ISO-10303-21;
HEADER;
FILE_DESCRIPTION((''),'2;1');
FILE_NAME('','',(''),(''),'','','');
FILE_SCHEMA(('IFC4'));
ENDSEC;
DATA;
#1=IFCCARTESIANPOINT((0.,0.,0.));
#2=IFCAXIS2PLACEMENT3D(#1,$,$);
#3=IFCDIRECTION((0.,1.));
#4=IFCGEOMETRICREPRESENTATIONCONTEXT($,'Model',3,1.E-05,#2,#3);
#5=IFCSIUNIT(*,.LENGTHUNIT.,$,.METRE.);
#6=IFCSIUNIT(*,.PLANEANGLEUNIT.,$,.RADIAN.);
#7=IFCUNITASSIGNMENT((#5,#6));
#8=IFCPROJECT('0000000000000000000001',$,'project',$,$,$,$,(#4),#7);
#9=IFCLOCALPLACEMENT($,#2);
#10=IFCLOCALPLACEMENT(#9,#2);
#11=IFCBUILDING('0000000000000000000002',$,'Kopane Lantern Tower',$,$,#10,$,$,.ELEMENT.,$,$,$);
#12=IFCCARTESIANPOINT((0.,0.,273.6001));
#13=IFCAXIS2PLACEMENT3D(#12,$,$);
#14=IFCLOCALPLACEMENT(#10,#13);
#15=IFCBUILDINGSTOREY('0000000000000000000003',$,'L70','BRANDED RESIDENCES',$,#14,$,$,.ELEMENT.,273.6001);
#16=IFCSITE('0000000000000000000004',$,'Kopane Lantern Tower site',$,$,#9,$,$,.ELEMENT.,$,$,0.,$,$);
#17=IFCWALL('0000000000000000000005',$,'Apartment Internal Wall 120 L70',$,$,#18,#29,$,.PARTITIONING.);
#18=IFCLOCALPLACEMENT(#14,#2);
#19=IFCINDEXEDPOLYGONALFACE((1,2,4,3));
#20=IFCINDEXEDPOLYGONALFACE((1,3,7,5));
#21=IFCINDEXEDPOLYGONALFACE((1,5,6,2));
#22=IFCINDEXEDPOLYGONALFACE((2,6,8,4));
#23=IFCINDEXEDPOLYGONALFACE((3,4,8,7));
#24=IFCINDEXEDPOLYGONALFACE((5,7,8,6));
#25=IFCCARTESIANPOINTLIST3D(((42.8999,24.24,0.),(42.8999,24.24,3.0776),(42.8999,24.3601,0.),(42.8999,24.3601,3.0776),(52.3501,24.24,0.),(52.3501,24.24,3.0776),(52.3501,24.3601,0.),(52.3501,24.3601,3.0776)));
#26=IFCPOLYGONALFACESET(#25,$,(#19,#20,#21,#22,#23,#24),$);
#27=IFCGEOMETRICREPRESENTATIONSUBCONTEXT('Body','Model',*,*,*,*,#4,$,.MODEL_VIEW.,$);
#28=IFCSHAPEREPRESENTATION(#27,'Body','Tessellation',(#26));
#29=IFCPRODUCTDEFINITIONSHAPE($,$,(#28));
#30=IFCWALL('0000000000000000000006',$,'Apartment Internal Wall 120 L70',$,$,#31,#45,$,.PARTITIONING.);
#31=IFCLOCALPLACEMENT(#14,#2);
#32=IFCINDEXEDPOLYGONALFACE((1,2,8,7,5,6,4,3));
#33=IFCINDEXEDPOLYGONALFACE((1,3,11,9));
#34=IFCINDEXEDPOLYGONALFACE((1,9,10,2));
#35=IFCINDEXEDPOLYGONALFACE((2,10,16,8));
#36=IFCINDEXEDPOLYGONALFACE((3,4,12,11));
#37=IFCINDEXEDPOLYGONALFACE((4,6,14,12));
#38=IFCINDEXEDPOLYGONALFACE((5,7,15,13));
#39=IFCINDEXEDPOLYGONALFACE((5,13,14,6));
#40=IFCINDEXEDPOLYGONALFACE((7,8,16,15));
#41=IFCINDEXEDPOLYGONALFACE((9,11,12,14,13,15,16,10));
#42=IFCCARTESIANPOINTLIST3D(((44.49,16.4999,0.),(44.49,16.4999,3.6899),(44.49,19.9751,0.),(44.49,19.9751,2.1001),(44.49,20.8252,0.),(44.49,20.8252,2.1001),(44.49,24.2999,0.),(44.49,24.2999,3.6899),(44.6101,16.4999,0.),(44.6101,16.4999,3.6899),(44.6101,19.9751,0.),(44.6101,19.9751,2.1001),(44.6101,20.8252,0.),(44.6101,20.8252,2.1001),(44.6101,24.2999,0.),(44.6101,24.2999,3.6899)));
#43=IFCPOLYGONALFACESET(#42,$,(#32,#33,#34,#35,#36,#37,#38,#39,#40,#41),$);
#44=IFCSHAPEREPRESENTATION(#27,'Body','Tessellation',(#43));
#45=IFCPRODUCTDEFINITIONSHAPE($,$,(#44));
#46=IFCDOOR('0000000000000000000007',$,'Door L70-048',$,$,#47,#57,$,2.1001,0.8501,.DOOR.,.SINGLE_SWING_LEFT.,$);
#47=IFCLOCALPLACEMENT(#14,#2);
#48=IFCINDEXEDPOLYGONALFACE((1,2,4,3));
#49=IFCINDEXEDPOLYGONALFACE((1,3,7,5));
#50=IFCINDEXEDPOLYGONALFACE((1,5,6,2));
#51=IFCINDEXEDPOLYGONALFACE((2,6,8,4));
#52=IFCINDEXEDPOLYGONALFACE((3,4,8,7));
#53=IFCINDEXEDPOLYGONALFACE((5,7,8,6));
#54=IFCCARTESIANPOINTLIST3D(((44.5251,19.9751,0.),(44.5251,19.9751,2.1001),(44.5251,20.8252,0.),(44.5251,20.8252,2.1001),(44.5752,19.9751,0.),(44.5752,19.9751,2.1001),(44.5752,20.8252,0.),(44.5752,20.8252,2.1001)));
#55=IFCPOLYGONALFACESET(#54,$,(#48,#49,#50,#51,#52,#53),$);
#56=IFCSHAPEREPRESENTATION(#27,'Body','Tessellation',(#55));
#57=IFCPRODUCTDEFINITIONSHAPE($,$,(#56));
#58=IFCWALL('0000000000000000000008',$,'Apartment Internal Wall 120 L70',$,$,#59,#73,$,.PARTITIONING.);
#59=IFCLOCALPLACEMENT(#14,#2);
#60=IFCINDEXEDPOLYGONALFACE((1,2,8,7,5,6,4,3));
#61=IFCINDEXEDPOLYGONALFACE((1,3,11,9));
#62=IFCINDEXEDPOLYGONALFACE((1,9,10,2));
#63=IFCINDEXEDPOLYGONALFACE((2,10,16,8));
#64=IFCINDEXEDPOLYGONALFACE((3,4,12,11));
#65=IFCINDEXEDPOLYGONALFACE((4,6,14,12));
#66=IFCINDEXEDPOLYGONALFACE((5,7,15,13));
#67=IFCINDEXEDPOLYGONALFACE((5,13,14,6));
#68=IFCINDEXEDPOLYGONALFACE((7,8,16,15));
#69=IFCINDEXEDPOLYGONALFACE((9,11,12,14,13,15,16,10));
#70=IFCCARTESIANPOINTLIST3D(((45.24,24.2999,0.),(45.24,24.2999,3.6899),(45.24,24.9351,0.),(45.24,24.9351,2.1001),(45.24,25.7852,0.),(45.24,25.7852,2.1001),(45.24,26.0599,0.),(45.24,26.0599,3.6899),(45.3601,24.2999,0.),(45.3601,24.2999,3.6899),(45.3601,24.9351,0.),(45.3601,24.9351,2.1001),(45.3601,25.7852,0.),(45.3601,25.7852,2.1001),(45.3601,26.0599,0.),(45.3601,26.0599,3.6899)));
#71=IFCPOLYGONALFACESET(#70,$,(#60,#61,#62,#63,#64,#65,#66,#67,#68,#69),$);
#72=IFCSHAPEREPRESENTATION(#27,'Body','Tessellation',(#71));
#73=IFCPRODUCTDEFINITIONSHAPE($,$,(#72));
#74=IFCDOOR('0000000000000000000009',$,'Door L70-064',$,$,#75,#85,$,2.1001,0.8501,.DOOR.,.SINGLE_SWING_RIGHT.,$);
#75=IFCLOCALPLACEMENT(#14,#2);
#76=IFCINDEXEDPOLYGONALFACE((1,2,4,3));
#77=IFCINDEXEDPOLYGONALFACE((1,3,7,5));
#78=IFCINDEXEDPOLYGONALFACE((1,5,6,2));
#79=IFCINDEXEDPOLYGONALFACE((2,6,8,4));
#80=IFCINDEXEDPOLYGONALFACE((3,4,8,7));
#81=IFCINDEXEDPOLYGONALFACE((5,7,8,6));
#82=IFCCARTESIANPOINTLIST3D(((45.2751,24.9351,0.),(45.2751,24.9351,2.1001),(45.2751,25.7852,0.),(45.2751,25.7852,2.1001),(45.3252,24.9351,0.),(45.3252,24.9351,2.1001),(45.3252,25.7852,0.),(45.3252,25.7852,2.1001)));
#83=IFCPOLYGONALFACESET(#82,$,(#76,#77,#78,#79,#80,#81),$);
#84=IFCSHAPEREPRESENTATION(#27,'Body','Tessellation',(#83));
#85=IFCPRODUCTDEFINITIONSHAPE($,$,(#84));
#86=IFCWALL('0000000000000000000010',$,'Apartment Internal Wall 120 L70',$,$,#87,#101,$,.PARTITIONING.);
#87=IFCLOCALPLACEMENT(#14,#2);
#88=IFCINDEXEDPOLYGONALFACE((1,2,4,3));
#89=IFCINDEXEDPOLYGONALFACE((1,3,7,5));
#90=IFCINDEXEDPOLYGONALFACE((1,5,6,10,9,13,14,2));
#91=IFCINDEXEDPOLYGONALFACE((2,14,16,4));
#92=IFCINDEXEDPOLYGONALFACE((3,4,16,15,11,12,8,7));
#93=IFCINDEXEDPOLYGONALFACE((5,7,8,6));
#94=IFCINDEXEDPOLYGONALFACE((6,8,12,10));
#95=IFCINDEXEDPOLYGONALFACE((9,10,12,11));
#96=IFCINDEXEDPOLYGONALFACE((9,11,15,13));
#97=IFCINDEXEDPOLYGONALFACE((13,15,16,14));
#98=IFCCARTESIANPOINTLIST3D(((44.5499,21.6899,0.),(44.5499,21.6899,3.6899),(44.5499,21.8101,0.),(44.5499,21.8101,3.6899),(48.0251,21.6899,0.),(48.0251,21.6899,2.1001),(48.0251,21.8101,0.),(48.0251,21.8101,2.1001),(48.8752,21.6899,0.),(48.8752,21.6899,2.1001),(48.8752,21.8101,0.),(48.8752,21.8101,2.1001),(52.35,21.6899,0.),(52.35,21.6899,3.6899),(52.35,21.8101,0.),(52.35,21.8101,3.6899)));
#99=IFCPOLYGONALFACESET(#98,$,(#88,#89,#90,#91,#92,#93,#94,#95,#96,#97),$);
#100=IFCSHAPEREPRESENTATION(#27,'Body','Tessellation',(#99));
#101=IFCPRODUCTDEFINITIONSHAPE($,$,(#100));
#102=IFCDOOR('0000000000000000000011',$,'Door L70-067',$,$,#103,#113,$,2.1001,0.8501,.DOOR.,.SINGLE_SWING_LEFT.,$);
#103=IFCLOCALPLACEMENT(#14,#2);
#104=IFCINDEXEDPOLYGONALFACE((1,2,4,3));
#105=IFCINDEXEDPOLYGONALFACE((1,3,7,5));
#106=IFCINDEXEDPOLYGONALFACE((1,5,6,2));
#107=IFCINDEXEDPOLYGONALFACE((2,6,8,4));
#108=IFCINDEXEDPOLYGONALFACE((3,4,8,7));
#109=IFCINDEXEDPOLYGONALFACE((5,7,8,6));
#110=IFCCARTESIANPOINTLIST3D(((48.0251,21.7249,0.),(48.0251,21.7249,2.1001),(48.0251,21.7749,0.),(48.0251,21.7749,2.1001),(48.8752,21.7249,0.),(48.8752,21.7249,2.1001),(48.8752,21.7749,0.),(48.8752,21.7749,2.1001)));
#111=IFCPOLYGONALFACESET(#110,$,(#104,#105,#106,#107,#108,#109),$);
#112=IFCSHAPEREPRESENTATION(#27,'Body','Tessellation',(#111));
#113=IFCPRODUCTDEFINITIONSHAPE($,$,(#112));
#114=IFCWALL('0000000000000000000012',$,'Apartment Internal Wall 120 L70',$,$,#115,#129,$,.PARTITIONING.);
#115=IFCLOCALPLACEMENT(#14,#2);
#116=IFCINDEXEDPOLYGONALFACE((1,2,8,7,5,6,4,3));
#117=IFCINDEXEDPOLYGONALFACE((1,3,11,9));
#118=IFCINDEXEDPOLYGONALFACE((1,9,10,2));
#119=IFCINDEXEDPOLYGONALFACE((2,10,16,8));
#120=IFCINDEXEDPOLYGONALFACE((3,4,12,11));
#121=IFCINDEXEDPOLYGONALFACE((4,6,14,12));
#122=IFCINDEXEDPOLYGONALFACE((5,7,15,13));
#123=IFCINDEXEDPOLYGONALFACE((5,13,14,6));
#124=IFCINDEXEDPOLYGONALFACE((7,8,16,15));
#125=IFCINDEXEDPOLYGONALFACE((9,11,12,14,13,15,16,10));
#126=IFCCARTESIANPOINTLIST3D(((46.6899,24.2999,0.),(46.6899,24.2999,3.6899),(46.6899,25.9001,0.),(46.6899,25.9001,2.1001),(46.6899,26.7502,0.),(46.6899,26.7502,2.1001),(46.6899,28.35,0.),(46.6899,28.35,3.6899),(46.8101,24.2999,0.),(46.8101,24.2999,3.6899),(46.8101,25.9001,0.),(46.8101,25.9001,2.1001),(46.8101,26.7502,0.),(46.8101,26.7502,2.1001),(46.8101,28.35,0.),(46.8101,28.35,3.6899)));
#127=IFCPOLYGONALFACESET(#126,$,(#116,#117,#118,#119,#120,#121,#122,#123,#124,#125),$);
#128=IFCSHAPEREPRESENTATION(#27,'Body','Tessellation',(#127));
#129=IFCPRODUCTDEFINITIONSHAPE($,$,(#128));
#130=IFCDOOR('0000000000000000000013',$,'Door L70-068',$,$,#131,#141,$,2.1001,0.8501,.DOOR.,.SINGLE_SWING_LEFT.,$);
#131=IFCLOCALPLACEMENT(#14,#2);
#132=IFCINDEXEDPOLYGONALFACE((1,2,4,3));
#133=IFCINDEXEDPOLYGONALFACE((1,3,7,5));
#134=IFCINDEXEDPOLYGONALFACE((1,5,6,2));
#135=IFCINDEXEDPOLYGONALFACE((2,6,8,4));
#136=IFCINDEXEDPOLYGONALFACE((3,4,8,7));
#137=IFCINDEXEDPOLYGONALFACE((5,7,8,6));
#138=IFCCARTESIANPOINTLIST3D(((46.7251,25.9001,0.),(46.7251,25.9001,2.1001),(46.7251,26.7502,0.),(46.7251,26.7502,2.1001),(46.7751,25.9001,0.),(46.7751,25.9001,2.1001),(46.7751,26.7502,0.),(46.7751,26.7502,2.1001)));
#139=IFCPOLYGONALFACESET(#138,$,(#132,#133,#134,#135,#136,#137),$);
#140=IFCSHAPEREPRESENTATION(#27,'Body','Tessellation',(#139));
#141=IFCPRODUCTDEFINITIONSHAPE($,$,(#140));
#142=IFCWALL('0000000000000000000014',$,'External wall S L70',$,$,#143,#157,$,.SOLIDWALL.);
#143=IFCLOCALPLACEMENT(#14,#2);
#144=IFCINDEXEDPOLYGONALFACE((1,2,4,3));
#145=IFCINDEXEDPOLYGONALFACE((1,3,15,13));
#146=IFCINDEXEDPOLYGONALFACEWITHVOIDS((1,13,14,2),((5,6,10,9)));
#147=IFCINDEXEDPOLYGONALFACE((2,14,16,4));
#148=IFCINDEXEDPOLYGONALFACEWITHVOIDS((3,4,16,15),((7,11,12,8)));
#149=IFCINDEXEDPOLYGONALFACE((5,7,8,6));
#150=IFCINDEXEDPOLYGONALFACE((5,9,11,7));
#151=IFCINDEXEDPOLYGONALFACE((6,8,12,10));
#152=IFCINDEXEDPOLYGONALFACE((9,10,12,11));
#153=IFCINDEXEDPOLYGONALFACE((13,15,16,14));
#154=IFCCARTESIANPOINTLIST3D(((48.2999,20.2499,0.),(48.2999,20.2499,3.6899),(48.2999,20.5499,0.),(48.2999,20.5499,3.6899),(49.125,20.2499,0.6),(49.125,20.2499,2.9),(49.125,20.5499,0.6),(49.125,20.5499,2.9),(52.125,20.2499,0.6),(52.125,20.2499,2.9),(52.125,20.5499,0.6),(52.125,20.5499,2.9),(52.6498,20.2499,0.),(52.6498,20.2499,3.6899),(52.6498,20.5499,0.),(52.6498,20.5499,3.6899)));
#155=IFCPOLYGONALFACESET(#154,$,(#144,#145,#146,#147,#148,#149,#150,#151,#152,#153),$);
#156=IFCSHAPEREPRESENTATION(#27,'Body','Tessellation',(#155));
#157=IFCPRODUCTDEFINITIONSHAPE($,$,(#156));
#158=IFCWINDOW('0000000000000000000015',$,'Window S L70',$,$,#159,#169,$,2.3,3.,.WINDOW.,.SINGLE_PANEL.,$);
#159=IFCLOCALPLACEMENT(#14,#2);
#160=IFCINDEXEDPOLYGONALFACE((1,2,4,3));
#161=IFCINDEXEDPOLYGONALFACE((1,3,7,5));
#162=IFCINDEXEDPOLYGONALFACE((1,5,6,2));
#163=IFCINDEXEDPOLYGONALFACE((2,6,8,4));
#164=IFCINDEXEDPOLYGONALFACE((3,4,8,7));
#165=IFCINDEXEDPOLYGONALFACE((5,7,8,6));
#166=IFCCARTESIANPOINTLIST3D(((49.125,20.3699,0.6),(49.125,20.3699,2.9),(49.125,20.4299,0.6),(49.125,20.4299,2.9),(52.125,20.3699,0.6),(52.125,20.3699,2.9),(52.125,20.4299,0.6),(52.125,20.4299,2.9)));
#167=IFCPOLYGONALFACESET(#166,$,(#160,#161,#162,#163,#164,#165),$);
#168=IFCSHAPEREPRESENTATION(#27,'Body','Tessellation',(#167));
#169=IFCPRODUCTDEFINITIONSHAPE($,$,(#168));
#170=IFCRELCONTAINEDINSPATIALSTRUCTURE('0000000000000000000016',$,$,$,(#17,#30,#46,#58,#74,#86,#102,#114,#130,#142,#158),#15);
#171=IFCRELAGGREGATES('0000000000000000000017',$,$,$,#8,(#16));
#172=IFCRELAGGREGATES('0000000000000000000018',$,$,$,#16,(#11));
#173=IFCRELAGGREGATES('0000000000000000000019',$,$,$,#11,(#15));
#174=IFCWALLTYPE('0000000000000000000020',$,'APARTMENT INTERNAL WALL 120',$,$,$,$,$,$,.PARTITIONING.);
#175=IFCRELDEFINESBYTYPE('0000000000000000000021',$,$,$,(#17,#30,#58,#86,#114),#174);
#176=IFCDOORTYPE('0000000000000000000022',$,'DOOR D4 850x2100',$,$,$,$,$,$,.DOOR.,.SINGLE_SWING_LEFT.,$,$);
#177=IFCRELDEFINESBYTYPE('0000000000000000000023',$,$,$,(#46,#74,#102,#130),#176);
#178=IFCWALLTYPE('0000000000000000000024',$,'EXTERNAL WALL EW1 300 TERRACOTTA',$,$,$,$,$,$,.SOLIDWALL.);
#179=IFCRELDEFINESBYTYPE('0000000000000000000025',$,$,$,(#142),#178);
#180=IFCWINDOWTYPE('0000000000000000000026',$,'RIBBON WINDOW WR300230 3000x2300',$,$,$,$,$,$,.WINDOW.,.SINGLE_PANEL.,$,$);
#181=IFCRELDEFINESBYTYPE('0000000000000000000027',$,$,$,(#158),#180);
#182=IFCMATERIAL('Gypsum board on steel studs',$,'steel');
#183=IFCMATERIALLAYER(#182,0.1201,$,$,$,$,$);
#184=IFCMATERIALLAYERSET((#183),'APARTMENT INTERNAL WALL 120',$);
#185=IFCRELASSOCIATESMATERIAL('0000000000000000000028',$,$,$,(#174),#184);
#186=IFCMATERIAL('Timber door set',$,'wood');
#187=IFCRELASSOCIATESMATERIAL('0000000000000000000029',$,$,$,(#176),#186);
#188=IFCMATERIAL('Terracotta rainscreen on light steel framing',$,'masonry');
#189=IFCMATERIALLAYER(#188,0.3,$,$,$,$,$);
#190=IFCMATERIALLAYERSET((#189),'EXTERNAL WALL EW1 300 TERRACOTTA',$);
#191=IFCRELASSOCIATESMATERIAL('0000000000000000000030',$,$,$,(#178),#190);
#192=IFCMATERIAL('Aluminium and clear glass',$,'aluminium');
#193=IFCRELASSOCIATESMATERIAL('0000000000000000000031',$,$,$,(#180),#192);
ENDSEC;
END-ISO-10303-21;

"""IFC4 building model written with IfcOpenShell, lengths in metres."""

from ifc_helpers import new_model, si_unit, direction, frame, frame_2d, origin, place, context, subcontext, project, spatial, rectangle, extrude, material, layer, layer_set, type_object, element, fill, save


model = new_model("IFC4")

# Units and contexts
model_context = context("Model", 3, precision=1e-05, world=origin(), true_north=direction((0.0, 1.0)))
body_context = subcontext(model_context, "Body", "Model", "MODEL_VIEW")
ifc_project = project(units=[si_unit("LENGTHUNIT", "METRE"), si_unit("PLANEANGLEUNIT", "RADIAN")], contexts=[model_context])

# Site, building, storey
site_placement = place(None, origin())
site = spatial("IfcSite", under=ifc_project, at=site_placement, Name="Kopane Lantern Tower site", CompositionType="ELEMENT", RefElevation=0.0)
building_placement = place(site_placement, origin())
building = spatial("IfcBuilding", under=site, at=building_placement, Name="Kopane Lantern Tower", CompositionType="ELEMENT")
storey_placement = place(building_placement, frame((0.0, 0.0, 273.6001)))
storey = spatial("IfcBuildingStorey", under=building, at=storey_placement, Name="L70", Description="BRANDED RESIDENCES", CompositionType="ELEMENT", Elevation=273.6001)

# Shared definitions
ifc_material_1 = material(Name="Gypsum board on steel studs", Category="steel")
ifc_layer_1 = layer(ifc_material_1, 0.1201)
ifc_layer_set_1 = layer_set([ifc_layer_1], Name="APARTMENT INTERNAL WALL 120")
wall_type_1 = type_object("IfcWallType", Name="APARTMENT INTERNAL WALL 120", PredefinedType="PARTITIONING", material=ifc_layer_set_1)
ifc_material_2 = material(Name="Timber door set", Category="wood")
door_type = type_object("IfcDoorType", Name="DOOR D4 850x2100", OperationType="SINGLE_SWING_LEFT", PredefinedType="DOOR", material=ifc_material_2)

# Wall
wall_1_placement = place(storey_placement, frame((42.8999, 24.3, 0.0), z_axis=(0.0, 0.0, 1.0), x_axis=(1.0, 0.0, 0.0)))
element("IfcWall", 1, at=wall_1_placement, inside=storey, type_object=wall_type_1, Name="Apartment Internal Wall 120 L70", PredefinedType="PARTITIONING", context=body_context, shape_type="SweptSolid", body=[
    extrude(rectangle(XDim=9.4502, YDim=0.1201, at=frame_2d((4.7251, 0.0))), origin(), (0.0, 0.0, 1.0), 3.0776),
])

# Walls, openings, doors
wall_2_placement = place(storey_placement, frame((44.55, 16.5, 0.0), z_axis=(0.0, 0.0, 1.0), x_axis=(0.0, 1.0, 0.0)))
wall_2 = element("IfcWall", 2, at=wall_2_placement, inside=storey, type_object=wall_type_1, Name="Apartment Internal Wall 120 L70", PredefinedType="PARTITIONING", context=body_context, shape_type="SweptSolid", body=[
    extrude(rectangle(XDim=7.8, YDim=0.1201, at=frame_2d((3.8999, 0.0))), origin(), (0.0, 0.0, 1.0), 3.6899),
])
opening_1_placement = place(wall_2_placement, frame((3.4751, 0.0, 0.0)))
opening_1 = element("IfcOpeningElement", 3, at=opening_1_placement, cuts=wall_2, PredefinedType="OPENING", context=body_context, shape_type="SweptSolid", body=[
    extrude(rectangle(XDim=0.8501, YDim=2.1001, at=frame_2d((0.425, 1.05))), frame((0.0, 0.0701, 0.0), z_axis=(0.0, -1.0, 0.0), x_axis=(1.0, 0.0, 0.0)), (0.0, 0.0, 1.0), 0.1401),
])
door_1_placement = place(opening_1_placement, origin())
door_1 = element("IfcDoor", 4, at=door_1_placement, inside=storey, type_object=door_type, Name="Door L70-048", OperationType="SINGLE_SWING_LEFT", OverallHeight=2.1001, OverallWidth=0.8501, PredefinedType="DOOR", context=body_context, shape_type="SweptSolid", body=[
    extrude(rectangle(XDim=0.8501, YDim=2.1001, at=frame_2d((0.425, 1.05))), frame((0.0, 0.0249, 0.0), z_axis=(0.0, -1.0, 0.0), x_axis=(1.0, 0.0, 0.0)), (0.0, 0.0, 1.0), 0.05),
])
fill(opening_1, door_1)
wall_3_placement = place(storey_placement, frame((45.3, 24.3, 0.0), z_axis=(0.0, 0.0, 1.0), x_axis=(0.0, 1.0, 0.0)))
wall_3 = element("IfcWall", 5, at=wall_3_placement, inside=storey, type_object=wall_type_1, Name="Apartment Internal Wall 120 L70", PredefinedType="PARTITIONING", context=body_context, shape_type="SweptSolid", body=[
    extrude(rectangle(XDim=1.76, YDim=0.1201, at=frame_2d((0.8799, 0.0))), origin(), (0.0, 0.0, 1.0), 3.6899),
])
opening_2_placement = place(wall_3_placement, frame((0.635, 0.0, 0.0)))
opening_2 = element("IfcOpeningElement", 6, at=opening_2_placement, cuts=wall_3, PredefinedType="OPENING", context=body_context, shape_type="SweptSolid", body=[
    extrude(rectangle(XDim=0.8501, YDim=2.1001, at=frame_2d((0.425, 1.05))), frame((0.0, 0.0701, 0.0), z_axis=(0.0, -1.0, 0.0), x_axis=(1.0, 0.0, 0.0)), (0.0, 0.0, 1.0), 0.1401),
])
door_2_placement = place(opening_2_placement, origin())
door_2 = element("IfcDoor", 7, at=door_2_placement, inside=storey, type_object=door_type, Name="Door L70-064", OperationType="SINGLE_SWING_RIGHT", OverallHeight=2.1001, OverallWidth=0.8501, PredefinedType="DOOR", context=body_context, shape_type="SweptSolid", body=[
    extrude(rectangle(XDim=0.8501, YDim=2.1001, at=frame_2d((0.425, 1.05))), frame((0.0, 0.0249, 0.0), z_axis=(0.0, -1.0, 0.0), x_axis=(1.0, 0.0, 0.0)), (0.0, 0.0, 1.0), 0.05),
])
fill(opening_2, door_2)
wall_4_placement = place(storey_placement, frame((44.55, 21.75, 0.0), z_axis=(0.0, 0.0, 1.0), x_axis=(1.0, 0.0, 0.0)))
wall_4 = element("IfcWall", 8, at=wall_4_placement, inside=storey, type_object=wall_type_1, Name="Apartment Internal Wall 120 L70", PredefinedType="PARTITIONING", context=body_context, shape_type="SweptSolid", body=[
    extrude(rectangle(XDim=7.8, YDim=0.1201, at=frame_2d((3.8999, 0.0))), origin(), (0.0, 0.0, 1.0), 3.6899),
])
opening_3_placement = place(wall_4_placement, frame((3.4751, 0.0, 0.0)))
opening_3 = element("IfcOpeningElement", 9, at=opening_3_placement, cuts=wall_4, PredefinedType="OPENING", context=body_context, shape_type="SweptSolid", body=[
    extrude(rectangle(XDim=0.8501, YDim=2.1001, at=frame_2d((0.425, 1.05))), frame((0.0, 0.0701, 0.0), z_axis=(0.0, -1.0, 0.0), x_axis=(1.0, 0.0, 0.0)), (0.0, 0.0, 1.0), 0.1401),
])
door_3_placement = place(opening_3_placement, origin())
door_3 = element("IfcDoor", 10, at=door_3_placement, inside=storey, type_object=door_type, Name="Door L70-067", OperationType="SINGLE_SWING_LEFT", OverallHeight=2.1001, OverallWidth=0.8501, PredefinedType="DOOR", context=body_context, shape_type="SweptSolid", body=[
    extrude(rectangle(XDim=0.8501, YDim=2.1001, at=frame_2d((0.425, 1.05))), frame((0.0, 0.0249, 0.0), z_axis=(0.0, -1.0, 0.0), x_axis=(1.0, 0.0, 0.0)), (0.0, 0.0, 1.0), 0.05),
])
fill(opening_3, door_3)
wall_5_placement = place(storey_placement, frame((46.75, 24.3, 0.0), z_axis=(0.0, 0.0, 1.0), x_axis=(0.0, 1.0, 0.0)))
wall_5 = element("IfcWall", 11, at=wall_5_placement, inside=storey, type_object=wall_type_1, Name="Apartment Internal Wall 120 L70", PredefinedType="PARTITIONING", context=body_context, shape_type="SweptSolid", body=[
    extrude(rectangle(XDim=4.05, YDim=0.1201, at=frame_2d((2.0249, 0.0))), origin(), (0.0, 0.0, 1.0), 3.6899),
])
opening_4_placement = place(wall_5_placement, frame((1.6001, 0.0, 0.0)))
opening_4 = element("IfcOpeningElement", 12, at=opening_4_placement, cuts=wall_5, PredefinedType="OPENING", context=body_context, shape_type="SweptSolid", body=[
    extrude(rectangle(XDim=0.8501, YDim=2.1001, at=frame_2d((0.425, 1.05))), frame((0.0, 0.0701, 0.0), z_axis=(0.0, -1.0, 0.0), x_axis=(1.0, 0.0, 0.0)), (0.0, 0.0, 1.0), 0.1401),
])
door_4_placement = place(opening_4_placement, origin())
door_4 = element("IfcDoor", 13, at=door_4_placement, inside=storey, type_object=door_type, Name="Door L70-068", OperationType="SINGLE_SWING_LEFT", OverallHeight=2.1001, OverallWidth=0.8501, PredefinedType="DOOR", context=body_context, shape_type="SweptSolid", body=[
    extrude(rectangle(XDim=0.8501, YDim=2.1001, at=frame_2d((0.425, 1.05))), frame((0.0, 0.0249, 0.0), z_axis=(0.0, -1.0, 0.0), x_axis=(1.0, 0.0, 0.0)), (0.0, 0.0, 1.0), 0.05),
])
fill(opening_4, door_4)

# Wall, opening, window
ifc_material_3 = material(Name="Terracotta rainscreen on light steel framing", Category="masonry")
ifc_layer_2 = layer(ifc_material_3, 0.3)
ifc_layer_set_2 = layer_set([ifc_layer_2], Name="EXTERNAL WALL EW1 300 TERRACOTTA")
wall_type_2 = type_object("IfcWallType", Name="EXTERNAL WALL EW1 300 TERRACOTTA", PredefinedType="SOLIDWALL", material=ifc_layer_set_2)
wall_6_placement = place(storey_placement, frame((48.3, 20.3999, 0.0), z_axis=(0.0, 0.0, 1.0), x_axis=(1.0, 0.0, 0.0)))
wall_6 = element("IfcWall", 14, at=wall_6_placement, inside=storey, type_object=wall_type_2, Name="External wall S L70", PredefinedType="SOLIDWALL", context=body_context, shape_type="SweptSolid", body=[
    extrude(rectangle(XDim=4.3499, YDim=0.3, at=frame_2d((2.1748, 0.0))), origin(), (0.0, 0.0, 1.0), 3.6899),
])
opening_5_placement = place(wall_6_placement, frame((0.825, 0.0, 0.6001)))
opening_5 = element("IfcOpeningElement", 15, at=opening_5_placement, cuts=wall_6, PredefinedType="OPENING", context=body_context, shape_type="SweptSolid", body=[
    extrude(rectangle(XDim=3.0, YDim=2.3, at=frame_2d((1.5, 1.1499))), frame((0.0, 0.1599, 0.0), z_axis=(0.0, -1.0, 0.0), x_axis=(1.0, 0.0, 0.0)), (0.0, 0.0, 1.0), 0.3201),
])
ifc_material_4 = material(Name="Aluminium and clear glass", Category="aluminium")
window_type = type_object("IfcWindowType", Name="RIBBON WINDOW WR300230 3000x2300", PartitioningType="SINGLE_PANEL", PredefinedType="WINDOW", material=ifc_material_4)
window_placement = place(opening_5_placement, origin())
window = element("IfcWindow", 16, at=window_placement, inside=storey, type_object=window_type, Name="Window S L70", OverallHeight=2.3, OverallWidth=3.0, PartitioningType="SINGLE_PANEL", PredefinedType="WINDOW", context=body_context, shape_type="SweptSolid", body=[
    extrude(rectangle(XDim=3.0, YDim=2.3, at=frame_2d((1.5, 1.1499))), frame((0.0, 0.03, 0.0), z_axis=(0.0, -1.0, 0.0), x_axis=(1.0, 0.0, 0.0)), (0.0, 0.0, 1.0), 0.0601),
])
fill(opening_5, window)

save(model, "model.ifc")
